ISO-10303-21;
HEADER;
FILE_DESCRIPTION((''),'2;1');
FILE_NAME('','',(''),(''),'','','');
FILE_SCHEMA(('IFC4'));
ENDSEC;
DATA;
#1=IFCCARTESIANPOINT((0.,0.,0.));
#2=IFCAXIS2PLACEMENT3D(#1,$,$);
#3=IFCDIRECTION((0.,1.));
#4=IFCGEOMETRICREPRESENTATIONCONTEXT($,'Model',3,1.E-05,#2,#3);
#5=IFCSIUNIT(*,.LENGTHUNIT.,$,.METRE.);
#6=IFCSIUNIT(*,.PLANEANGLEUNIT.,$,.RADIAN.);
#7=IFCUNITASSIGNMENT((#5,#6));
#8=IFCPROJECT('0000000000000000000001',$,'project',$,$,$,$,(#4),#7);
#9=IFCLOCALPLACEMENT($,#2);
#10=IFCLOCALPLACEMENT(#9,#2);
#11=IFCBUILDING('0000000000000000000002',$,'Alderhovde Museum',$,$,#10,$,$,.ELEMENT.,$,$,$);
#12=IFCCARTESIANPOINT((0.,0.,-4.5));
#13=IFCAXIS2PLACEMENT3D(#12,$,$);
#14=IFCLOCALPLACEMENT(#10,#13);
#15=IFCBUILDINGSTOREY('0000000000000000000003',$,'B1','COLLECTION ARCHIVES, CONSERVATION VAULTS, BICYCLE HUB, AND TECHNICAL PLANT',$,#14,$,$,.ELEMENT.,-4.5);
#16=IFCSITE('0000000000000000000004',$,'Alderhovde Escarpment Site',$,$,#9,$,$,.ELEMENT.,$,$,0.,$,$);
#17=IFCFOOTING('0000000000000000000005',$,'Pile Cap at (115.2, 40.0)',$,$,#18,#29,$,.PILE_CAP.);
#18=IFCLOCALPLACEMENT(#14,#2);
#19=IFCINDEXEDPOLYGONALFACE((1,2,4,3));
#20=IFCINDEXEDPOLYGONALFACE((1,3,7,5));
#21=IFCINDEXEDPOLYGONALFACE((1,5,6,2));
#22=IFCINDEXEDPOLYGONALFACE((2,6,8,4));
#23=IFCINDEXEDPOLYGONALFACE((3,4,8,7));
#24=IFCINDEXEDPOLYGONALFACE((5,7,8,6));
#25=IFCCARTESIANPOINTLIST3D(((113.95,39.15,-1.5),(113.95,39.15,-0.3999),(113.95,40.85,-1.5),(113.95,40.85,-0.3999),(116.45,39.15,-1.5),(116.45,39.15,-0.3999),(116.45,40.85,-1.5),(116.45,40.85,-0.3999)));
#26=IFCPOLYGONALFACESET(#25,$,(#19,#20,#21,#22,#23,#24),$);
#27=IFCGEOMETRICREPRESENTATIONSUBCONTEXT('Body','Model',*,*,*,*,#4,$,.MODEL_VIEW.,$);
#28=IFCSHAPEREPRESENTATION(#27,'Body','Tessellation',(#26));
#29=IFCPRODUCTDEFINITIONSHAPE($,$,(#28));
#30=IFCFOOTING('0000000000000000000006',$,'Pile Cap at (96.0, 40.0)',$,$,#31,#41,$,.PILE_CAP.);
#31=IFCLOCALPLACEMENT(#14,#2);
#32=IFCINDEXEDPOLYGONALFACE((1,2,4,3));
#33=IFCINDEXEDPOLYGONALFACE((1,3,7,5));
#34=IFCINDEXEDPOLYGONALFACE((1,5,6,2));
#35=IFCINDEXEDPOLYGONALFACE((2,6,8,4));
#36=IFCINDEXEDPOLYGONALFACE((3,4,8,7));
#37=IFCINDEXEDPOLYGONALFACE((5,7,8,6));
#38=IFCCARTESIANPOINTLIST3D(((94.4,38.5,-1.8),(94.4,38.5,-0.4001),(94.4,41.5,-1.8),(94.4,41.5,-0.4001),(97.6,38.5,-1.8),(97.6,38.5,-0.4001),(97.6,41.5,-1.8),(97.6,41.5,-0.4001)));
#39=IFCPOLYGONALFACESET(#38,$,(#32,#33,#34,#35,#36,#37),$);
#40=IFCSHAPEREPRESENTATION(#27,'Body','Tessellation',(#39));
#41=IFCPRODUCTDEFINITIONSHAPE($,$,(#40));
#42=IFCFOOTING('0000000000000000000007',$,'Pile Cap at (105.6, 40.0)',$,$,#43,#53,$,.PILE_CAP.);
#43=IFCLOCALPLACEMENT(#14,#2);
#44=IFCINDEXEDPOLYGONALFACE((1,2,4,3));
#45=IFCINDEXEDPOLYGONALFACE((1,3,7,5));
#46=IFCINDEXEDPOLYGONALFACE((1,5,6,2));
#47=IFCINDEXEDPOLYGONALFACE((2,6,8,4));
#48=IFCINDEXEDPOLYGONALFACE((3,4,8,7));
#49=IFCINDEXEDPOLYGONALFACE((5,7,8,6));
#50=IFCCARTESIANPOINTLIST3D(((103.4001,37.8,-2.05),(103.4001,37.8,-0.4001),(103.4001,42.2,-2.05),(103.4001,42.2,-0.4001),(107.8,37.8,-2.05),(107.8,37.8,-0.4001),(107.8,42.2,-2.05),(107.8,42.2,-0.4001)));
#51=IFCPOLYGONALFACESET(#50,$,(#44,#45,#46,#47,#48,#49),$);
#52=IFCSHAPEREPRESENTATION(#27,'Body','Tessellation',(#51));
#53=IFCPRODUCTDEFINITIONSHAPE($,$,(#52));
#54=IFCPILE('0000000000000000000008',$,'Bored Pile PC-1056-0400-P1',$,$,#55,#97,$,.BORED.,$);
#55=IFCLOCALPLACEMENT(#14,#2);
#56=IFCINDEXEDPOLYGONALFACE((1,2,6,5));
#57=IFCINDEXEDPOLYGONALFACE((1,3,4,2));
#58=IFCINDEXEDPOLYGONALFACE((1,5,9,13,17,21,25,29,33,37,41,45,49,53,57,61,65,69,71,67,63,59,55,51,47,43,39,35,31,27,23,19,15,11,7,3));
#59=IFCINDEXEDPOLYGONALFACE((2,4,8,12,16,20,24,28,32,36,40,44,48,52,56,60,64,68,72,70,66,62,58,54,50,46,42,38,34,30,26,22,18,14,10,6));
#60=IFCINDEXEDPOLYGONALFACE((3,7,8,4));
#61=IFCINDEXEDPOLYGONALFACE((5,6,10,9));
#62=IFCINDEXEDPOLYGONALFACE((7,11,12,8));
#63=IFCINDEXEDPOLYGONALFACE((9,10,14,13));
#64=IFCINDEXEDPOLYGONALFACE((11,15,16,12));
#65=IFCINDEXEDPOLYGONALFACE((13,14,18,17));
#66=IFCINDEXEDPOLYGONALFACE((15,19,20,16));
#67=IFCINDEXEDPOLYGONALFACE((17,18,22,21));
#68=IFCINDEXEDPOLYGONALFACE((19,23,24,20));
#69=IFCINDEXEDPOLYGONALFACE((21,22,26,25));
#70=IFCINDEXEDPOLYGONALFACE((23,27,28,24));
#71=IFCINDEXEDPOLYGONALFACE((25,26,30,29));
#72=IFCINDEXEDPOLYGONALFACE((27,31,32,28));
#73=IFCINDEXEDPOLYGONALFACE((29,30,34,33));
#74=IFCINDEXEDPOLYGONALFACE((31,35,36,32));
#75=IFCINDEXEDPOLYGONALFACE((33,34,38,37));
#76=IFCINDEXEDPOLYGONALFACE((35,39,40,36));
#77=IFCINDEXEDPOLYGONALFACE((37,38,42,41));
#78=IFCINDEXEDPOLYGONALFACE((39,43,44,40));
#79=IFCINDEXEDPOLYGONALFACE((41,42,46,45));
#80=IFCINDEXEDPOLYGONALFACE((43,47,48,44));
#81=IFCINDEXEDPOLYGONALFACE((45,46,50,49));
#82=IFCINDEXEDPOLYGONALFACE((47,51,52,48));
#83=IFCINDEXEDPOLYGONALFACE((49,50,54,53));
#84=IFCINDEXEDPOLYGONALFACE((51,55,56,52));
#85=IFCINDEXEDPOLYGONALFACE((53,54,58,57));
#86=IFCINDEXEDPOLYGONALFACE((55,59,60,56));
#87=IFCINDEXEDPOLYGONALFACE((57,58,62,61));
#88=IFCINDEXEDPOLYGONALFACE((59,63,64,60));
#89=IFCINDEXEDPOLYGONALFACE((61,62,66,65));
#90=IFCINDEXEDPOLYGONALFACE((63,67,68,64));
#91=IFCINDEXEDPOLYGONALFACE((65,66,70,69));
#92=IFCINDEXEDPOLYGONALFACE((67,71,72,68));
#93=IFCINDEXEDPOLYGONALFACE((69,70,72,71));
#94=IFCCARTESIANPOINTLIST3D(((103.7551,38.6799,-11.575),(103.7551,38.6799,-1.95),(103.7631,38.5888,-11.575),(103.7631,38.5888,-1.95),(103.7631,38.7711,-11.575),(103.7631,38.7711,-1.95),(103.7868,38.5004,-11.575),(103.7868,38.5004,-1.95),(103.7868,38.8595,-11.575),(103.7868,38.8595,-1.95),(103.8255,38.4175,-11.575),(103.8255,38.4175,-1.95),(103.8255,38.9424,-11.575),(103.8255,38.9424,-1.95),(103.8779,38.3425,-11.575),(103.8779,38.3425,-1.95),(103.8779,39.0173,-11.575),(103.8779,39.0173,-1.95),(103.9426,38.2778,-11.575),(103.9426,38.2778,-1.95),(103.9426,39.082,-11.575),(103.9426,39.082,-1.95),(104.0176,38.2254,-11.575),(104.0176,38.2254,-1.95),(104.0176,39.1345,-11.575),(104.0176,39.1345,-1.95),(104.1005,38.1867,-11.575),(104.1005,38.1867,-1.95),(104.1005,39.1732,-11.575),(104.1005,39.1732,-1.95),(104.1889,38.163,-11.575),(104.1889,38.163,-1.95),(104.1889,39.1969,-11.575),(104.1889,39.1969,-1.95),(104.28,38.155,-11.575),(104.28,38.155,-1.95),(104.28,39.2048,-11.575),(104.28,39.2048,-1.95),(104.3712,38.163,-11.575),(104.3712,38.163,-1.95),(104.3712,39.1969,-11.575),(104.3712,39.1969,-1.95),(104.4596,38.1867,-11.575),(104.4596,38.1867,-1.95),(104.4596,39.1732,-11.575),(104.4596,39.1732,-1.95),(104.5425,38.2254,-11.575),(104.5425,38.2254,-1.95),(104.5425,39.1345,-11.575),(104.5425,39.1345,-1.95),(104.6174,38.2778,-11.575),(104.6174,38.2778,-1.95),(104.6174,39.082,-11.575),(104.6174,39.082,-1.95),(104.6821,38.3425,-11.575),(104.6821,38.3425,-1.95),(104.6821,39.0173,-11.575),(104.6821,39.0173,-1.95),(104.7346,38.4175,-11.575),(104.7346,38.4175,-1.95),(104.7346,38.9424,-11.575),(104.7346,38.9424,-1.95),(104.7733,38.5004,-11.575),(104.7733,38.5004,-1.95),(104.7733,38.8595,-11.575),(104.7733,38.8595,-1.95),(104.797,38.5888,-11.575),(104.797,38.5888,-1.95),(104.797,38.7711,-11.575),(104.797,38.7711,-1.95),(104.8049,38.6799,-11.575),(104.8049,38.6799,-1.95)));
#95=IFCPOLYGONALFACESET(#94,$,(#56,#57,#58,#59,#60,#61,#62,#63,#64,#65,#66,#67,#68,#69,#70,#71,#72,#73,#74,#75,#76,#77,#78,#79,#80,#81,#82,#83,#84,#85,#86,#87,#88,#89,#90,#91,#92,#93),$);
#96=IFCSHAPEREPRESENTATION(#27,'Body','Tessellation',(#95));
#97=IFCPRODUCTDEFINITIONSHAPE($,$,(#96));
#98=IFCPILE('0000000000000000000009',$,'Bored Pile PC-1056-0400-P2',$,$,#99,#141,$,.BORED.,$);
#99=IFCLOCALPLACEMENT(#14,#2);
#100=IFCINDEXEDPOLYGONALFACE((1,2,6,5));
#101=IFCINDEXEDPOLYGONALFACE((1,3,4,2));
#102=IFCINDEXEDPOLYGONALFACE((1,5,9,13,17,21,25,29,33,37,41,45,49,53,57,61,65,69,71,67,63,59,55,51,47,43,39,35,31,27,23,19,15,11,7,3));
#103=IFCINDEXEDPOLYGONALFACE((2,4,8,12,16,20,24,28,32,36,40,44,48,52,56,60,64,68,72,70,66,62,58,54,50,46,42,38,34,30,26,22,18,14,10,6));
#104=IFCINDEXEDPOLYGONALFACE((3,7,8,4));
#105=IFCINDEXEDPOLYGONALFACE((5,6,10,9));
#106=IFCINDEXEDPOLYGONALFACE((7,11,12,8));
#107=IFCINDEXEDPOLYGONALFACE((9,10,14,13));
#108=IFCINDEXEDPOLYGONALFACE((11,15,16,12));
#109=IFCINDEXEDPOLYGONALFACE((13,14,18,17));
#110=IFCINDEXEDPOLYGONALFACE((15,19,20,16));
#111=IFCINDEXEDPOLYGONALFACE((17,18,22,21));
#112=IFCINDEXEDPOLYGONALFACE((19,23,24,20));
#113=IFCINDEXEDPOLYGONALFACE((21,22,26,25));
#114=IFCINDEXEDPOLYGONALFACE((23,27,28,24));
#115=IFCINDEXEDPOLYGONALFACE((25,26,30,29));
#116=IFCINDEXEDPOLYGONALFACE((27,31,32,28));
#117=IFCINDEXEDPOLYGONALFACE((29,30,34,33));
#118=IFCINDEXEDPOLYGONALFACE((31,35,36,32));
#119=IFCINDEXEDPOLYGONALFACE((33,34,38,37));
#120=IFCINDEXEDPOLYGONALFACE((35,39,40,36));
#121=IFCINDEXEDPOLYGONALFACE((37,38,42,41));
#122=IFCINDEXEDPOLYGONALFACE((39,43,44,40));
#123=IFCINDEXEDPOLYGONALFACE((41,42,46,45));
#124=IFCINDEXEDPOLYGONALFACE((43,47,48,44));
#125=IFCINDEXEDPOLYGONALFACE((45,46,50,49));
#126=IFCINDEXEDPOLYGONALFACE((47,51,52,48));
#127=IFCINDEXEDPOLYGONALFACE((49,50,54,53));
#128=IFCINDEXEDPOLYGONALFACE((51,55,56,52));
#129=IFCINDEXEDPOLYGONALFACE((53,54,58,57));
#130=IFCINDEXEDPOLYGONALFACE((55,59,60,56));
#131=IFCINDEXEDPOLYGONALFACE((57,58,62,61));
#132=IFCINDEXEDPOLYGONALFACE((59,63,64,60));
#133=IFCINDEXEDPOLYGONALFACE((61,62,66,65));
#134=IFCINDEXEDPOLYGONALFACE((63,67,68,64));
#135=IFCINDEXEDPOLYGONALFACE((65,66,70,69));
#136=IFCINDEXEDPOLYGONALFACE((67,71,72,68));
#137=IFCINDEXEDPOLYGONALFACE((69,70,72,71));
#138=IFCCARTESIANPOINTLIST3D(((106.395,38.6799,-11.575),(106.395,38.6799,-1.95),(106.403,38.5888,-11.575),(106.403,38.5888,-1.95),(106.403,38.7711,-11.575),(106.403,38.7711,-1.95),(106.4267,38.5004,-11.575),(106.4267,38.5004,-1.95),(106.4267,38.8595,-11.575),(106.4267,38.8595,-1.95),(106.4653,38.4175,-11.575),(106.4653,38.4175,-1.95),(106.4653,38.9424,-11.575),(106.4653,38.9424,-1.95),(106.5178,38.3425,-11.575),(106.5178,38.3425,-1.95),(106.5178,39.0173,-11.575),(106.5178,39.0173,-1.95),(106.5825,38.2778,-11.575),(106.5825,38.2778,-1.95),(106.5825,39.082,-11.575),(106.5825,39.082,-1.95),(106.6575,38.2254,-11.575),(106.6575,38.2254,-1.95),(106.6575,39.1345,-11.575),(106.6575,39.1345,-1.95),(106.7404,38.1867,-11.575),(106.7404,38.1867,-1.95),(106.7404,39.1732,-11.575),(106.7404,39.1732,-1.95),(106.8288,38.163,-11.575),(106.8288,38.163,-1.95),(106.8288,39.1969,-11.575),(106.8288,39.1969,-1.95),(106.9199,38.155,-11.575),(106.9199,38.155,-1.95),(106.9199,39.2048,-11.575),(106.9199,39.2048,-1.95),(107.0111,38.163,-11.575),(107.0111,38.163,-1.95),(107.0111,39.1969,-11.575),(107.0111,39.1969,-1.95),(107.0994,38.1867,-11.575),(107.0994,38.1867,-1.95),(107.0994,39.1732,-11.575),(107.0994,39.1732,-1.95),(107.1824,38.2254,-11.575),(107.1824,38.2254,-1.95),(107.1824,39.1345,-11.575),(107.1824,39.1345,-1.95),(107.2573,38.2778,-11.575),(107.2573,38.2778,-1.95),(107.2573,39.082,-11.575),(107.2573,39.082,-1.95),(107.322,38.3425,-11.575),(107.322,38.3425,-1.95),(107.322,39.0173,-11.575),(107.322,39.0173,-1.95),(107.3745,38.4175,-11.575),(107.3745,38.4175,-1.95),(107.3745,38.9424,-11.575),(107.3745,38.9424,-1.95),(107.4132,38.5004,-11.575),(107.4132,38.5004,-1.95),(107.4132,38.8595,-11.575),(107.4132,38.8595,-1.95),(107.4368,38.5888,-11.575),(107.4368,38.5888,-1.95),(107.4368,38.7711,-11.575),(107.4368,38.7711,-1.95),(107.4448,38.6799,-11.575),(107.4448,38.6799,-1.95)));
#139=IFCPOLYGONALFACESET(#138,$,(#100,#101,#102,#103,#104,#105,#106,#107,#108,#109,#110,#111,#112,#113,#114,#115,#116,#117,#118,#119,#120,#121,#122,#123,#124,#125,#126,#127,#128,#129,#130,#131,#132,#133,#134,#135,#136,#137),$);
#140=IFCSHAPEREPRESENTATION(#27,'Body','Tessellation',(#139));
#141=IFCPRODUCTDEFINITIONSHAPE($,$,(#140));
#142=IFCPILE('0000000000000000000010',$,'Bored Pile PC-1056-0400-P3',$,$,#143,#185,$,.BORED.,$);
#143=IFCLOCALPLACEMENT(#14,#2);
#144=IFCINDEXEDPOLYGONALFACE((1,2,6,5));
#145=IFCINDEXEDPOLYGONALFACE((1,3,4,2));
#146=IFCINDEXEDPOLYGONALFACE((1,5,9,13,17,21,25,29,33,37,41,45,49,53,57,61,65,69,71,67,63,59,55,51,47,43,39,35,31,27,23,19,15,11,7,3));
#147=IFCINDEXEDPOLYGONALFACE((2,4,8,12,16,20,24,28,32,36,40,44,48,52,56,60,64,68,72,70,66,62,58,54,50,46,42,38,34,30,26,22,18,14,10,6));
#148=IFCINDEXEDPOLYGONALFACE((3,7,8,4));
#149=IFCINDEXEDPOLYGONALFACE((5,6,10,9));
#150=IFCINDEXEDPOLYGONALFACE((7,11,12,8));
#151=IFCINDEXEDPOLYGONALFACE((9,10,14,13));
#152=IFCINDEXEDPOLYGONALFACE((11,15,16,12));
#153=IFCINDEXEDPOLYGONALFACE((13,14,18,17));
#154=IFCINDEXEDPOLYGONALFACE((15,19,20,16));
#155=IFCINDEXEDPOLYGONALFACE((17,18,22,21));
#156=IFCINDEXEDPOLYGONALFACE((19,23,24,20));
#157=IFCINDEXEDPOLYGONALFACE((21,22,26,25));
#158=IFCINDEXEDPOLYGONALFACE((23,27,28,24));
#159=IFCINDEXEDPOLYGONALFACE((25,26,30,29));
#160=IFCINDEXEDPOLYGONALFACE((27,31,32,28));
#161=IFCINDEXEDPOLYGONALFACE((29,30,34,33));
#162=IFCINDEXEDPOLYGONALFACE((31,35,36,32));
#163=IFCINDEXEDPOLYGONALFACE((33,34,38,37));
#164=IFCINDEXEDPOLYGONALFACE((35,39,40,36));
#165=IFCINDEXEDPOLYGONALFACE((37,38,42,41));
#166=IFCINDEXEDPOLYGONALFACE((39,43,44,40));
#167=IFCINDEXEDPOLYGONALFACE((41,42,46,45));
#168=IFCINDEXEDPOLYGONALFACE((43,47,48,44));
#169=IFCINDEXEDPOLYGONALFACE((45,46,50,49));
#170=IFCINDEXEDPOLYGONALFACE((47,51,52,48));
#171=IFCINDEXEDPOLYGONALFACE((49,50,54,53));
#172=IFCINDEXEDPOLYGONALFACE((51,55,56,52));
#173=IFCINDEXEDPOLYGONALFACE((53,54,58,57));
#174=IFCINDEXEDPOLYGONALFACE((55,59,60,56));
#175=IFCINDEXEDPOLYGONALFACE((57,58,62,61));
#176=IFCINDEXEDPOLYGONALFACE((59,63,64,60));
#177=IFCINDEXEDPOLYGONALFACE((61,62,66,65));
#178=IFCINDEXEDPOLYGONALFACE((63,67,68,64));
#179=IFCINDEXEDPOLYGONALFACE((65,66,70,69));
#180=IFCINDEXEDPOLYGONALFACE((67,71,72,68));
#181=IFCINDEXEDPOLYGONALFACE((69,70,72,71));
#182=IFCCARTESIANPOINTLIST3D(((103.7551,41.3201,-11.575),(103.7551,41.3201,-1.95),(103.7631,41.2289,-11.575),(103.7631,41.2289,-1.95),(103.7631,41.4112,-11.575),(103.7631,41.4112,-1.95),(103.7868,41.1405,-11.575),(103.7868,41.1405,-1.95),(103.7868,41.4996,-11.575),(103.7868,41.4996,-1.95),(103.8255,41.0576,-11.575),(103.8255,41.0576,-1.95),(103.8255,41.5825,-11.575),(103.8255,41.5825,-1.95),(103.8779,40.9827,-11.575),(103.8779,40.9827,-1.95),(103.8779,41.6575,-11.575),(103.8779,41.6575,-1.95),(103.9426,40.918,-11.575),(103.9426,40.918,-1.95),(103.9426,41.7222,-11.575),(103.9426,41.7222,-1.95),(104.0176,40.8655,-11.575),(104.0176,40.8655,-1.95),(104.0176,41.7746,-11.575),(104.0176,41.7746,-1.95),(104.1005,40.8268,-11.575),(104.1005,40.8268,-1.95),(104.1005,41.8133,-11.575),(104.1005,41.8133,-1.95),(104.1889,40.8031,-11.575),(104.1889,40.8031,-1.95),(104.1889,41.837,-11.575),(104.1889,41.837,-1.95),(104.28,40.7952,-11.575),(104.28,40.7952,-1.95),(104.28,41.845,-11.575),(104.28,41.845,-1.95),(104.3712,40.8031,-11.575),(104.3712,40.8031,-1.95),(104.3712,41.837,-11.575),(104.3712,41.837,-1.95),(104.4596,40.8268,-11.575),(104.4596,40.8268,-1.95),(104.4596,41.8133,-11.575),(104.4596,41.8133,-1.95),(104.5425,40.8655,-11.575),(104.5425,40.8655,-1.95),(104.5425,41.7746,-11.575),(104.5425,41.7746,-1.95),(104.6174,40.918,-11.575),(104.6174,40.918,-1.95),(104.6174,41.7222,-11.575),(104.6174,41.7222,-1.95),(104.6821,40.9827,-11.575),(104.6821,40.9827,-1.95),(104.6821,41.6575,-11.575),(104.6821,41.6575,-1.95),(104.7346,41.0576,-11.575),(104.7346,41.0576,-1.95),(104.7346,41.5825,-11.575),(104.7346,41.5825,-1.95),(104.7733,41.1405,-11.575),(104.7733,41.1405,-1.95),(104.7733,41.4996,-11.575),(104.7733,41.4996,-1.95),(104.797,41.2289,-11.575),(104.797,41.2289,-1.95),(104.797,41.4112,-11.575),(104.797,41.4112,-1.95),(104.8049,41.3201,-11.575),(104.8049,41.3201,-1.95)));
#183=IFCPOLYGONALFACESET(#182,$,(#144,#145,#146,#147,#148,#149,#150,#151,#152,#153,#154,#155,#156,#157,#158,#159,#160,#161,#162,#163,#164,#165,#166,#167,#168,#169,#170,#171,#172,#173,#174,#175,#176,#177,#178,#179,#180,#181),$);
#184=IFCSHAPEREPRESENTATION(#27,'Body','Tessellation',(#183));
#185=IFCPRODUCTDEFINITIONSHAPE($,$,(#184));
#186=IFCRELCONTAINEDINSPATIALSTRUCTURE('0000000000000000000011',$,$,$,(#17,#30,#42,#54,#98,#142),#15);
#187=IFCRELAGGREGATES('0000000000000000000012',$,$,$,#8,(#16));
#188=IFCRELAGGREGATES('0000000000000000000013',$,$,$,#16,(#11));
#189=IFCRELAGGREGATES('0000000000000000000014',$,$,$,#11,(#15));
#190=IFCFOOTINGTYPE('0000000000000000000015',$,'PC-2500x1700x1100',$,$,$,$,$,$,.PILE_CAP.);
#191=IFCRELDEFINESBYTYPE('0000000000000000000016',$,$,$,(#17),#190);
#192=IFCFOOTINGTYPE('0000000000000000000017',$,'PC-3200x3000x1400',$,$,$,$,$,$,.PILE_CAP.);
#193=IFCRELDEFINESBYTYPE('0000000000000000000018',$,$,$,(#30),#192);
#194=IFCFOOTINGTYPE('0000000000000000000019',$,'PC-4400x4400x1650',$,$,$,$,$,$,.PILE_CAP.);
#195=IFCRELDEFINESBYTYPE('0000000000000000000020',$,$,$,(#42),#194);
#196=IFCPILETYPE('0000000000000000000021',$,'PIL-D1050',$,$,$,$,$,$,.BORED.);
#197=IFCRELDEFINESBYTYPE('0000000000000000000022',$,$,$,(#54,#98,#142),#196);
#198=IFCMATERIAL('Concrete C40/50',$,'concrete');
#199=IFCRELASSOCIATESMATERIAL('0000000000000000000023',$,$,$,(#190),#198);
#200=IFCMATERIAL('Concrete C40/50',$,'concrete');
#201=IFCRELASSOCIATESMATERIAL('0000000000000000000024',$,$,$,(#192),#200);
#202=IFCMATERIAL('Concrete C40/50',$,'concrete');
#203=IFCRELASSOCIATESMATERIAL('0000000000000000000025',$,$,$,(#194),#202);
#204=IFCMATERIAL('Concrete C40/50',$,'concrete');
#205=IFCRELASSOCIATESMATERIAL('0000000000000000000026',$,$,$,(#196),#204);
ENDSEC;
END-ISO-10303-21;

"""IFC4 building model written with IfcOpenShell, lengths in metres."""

from ifc_helpers import new_model, si_unit, direction, frame, origin, origin_2d, place, context, subcontext, project, spatial, rectangle, circle, extrude, material, material_profile, profile_set, type_object, element, save


model = new_model("IFC4")

# Units and contexts
model_context = context("Model", 3, precision=1e-05, world=origin(), true_north=direction((0.0, 1.0)))
body_context = subcontext(model_context, "Body", "Model", "MODEL_VIEW")
ifc_project = project(units=[si_unit("LENGTHUNIT", "METRE"), si_unit("PLANEANGLEUNIT", "RADIAN")], contexts=[model_context])

# Site, building, storey
site_placement = place(None, origin())
site = spatial("IfcSite", under=ifc_project, at=site_placement, Name="Alderhovde Escarpment Site", CompositionType="ELEMENT", RefElevation=0.0)
building_placement = place(site_placement, origin())
building = spatial("IfcBuilding", under=site, at=building_placement, Name="Alderhovde Museum", CompositionType="ELEMENT")
storey_placement = place(building_placement, frame((0.0, 0.0, -4.5)))
storey = spatial("IfcBuildingStorey", under=building, at=storey_placement, Name="B1", Description="COLLECTION ARCHIVES, CONSERVATION VAULTS, BICYCLE HUB, AND TECHNICAL PLANT", CompositionType="ELEMENT", Elevation=-4.5)

# Footings
ifc_material_1 = material(Name="Concrete C40/50", Category="concrete")
footing_type_1 = type_object("IfcFootingType", Name="PC-2500x1700x1100", PredefinedType="PILE_CAP", material=ifc_material_1)
footing_1_placement = place(storey_placement, frame((115.2, 40.0, -1.5), z_axis=(0.0, 0.0, 1.0), x_axis=(1.0, 0.0, 0.0)))
element("IfcFooting", 1, at=footing_1_placement, inside=storey, type_object=footing_type_1, Name="Pile Cap at (115.2, 40.0)", PredefinedType="PILE_CAP", context=body_context, shape_type="SweptSolid", body=[
    extrude(rectangle(XDim=2.5, YDim=1.7, at=origin_2d()), origin(), (0.0, 0.0, 1.0), 1.1001),
])
ifc_material_2 = material(Name="Concrete C40/50", Category="concrete")
footing_type_2 = type_object("IfcFootingType", Name="PC-3200x3000x1400", PredefinedType="PILE_CAP", material=ifc_material_2)
footing_2_placement = place(storey_placement, frame((96.0, 40.0, -1.8), z_axis=(0.0, 0.0, 1.0), x_axis=(1.0, 0.0, 0.0)))
element("IfcFooting", 2, at=footing_2_placement, inside=storey, type_object=footing_type_2, Name="Pile Cap at (96.0, 40.0)", PredefinedType="PILE_CAP", context=body_context, shape_type="SweptSolid", body=[
    extrude(rectangle(XDim=3.2, YDim=3.0, at=origin_2d()), origin(), (0.0, 0.0, 1.0), 1.3999),
])
ifc_material_3 = material(Name="Concrete C40/50", Category="concrete")
footing_type_3 = type_object("IfcFootingType", Name="PC-4400x4400x1650", PredefinedType="PILE_CAP", material=ifc_material_3)
footing_3_placement = place(storey_placement, frame((105.6001, 40.0, -2.05), z_axis=(0.0, 0.0, 1.0), x_axis=(1.0, 0.0, 0.0)))
element("IfcFooting", 3, at=footing_3_placement, inside=storey, type_object=footing_type_3, Name="Pile Cap at (105.6, 40.0)", PredefinedType="PILE_CAP", context=body_context, shape_type="SweptSolid", body=[
    extrude(rectangle(XDim=4.3999, YDim=4.3999, at=origin_2d()), origin(), (0.0, 0.0, 1.0), 1.6499),
])

# Piles
ifc_material_4 = material(Name="Concrete C40/50", Category="concrete")
ifc_material_profile_1 = material_profile(ifc_material_4, circle(Radius=0.5249, at=origin_2d()), Name="PILE-D1050")
ifc_profile_set_1 = profile_set([ifc_material_profile_1], Name="Concrete C40/50")
pile_type_1 = type_object("IfcPileType", Name="PIL-D1050", PredefinedType="BORED", material=ifc_profile_set_1)
for number, where, z_axis, x_axis, name in (
    (4, (104.28, 38.6799, -1.95), (0.0, 0.0, -1.0), (1.0, 0.0, 0.0), "Bored Pile PC-1056-0400-P1"),
    (5, (106.9199, 38.6799, -1.95), (0.0, 0.0, -1.0), (1.0, 0.0, 0.0), "Bored Pile PC-1056-0400-P2"),
    (6, (104.28, 41.3201, -1.95), (0.0, 0.0, -1.0), (1.0, 0.0, 0.0), "Bored Pile PC-1056-0400-P3"),
):
    element("IfcPile", number, at=place(storey_placement, frame(where, z_axis=z_axis, x_axis=x_axis)), inside=storey, type_object=pile_type_1, Name=name, PredefinedType="BORED", context=body_context, shape_type="SweptSolid", body=[
        extrude(circle(Radius=0.5249, at=origin_2d()), origin(), (0.0, 0.0, 1.0), 9.625),
    ])

save(model, "model.ifc")
